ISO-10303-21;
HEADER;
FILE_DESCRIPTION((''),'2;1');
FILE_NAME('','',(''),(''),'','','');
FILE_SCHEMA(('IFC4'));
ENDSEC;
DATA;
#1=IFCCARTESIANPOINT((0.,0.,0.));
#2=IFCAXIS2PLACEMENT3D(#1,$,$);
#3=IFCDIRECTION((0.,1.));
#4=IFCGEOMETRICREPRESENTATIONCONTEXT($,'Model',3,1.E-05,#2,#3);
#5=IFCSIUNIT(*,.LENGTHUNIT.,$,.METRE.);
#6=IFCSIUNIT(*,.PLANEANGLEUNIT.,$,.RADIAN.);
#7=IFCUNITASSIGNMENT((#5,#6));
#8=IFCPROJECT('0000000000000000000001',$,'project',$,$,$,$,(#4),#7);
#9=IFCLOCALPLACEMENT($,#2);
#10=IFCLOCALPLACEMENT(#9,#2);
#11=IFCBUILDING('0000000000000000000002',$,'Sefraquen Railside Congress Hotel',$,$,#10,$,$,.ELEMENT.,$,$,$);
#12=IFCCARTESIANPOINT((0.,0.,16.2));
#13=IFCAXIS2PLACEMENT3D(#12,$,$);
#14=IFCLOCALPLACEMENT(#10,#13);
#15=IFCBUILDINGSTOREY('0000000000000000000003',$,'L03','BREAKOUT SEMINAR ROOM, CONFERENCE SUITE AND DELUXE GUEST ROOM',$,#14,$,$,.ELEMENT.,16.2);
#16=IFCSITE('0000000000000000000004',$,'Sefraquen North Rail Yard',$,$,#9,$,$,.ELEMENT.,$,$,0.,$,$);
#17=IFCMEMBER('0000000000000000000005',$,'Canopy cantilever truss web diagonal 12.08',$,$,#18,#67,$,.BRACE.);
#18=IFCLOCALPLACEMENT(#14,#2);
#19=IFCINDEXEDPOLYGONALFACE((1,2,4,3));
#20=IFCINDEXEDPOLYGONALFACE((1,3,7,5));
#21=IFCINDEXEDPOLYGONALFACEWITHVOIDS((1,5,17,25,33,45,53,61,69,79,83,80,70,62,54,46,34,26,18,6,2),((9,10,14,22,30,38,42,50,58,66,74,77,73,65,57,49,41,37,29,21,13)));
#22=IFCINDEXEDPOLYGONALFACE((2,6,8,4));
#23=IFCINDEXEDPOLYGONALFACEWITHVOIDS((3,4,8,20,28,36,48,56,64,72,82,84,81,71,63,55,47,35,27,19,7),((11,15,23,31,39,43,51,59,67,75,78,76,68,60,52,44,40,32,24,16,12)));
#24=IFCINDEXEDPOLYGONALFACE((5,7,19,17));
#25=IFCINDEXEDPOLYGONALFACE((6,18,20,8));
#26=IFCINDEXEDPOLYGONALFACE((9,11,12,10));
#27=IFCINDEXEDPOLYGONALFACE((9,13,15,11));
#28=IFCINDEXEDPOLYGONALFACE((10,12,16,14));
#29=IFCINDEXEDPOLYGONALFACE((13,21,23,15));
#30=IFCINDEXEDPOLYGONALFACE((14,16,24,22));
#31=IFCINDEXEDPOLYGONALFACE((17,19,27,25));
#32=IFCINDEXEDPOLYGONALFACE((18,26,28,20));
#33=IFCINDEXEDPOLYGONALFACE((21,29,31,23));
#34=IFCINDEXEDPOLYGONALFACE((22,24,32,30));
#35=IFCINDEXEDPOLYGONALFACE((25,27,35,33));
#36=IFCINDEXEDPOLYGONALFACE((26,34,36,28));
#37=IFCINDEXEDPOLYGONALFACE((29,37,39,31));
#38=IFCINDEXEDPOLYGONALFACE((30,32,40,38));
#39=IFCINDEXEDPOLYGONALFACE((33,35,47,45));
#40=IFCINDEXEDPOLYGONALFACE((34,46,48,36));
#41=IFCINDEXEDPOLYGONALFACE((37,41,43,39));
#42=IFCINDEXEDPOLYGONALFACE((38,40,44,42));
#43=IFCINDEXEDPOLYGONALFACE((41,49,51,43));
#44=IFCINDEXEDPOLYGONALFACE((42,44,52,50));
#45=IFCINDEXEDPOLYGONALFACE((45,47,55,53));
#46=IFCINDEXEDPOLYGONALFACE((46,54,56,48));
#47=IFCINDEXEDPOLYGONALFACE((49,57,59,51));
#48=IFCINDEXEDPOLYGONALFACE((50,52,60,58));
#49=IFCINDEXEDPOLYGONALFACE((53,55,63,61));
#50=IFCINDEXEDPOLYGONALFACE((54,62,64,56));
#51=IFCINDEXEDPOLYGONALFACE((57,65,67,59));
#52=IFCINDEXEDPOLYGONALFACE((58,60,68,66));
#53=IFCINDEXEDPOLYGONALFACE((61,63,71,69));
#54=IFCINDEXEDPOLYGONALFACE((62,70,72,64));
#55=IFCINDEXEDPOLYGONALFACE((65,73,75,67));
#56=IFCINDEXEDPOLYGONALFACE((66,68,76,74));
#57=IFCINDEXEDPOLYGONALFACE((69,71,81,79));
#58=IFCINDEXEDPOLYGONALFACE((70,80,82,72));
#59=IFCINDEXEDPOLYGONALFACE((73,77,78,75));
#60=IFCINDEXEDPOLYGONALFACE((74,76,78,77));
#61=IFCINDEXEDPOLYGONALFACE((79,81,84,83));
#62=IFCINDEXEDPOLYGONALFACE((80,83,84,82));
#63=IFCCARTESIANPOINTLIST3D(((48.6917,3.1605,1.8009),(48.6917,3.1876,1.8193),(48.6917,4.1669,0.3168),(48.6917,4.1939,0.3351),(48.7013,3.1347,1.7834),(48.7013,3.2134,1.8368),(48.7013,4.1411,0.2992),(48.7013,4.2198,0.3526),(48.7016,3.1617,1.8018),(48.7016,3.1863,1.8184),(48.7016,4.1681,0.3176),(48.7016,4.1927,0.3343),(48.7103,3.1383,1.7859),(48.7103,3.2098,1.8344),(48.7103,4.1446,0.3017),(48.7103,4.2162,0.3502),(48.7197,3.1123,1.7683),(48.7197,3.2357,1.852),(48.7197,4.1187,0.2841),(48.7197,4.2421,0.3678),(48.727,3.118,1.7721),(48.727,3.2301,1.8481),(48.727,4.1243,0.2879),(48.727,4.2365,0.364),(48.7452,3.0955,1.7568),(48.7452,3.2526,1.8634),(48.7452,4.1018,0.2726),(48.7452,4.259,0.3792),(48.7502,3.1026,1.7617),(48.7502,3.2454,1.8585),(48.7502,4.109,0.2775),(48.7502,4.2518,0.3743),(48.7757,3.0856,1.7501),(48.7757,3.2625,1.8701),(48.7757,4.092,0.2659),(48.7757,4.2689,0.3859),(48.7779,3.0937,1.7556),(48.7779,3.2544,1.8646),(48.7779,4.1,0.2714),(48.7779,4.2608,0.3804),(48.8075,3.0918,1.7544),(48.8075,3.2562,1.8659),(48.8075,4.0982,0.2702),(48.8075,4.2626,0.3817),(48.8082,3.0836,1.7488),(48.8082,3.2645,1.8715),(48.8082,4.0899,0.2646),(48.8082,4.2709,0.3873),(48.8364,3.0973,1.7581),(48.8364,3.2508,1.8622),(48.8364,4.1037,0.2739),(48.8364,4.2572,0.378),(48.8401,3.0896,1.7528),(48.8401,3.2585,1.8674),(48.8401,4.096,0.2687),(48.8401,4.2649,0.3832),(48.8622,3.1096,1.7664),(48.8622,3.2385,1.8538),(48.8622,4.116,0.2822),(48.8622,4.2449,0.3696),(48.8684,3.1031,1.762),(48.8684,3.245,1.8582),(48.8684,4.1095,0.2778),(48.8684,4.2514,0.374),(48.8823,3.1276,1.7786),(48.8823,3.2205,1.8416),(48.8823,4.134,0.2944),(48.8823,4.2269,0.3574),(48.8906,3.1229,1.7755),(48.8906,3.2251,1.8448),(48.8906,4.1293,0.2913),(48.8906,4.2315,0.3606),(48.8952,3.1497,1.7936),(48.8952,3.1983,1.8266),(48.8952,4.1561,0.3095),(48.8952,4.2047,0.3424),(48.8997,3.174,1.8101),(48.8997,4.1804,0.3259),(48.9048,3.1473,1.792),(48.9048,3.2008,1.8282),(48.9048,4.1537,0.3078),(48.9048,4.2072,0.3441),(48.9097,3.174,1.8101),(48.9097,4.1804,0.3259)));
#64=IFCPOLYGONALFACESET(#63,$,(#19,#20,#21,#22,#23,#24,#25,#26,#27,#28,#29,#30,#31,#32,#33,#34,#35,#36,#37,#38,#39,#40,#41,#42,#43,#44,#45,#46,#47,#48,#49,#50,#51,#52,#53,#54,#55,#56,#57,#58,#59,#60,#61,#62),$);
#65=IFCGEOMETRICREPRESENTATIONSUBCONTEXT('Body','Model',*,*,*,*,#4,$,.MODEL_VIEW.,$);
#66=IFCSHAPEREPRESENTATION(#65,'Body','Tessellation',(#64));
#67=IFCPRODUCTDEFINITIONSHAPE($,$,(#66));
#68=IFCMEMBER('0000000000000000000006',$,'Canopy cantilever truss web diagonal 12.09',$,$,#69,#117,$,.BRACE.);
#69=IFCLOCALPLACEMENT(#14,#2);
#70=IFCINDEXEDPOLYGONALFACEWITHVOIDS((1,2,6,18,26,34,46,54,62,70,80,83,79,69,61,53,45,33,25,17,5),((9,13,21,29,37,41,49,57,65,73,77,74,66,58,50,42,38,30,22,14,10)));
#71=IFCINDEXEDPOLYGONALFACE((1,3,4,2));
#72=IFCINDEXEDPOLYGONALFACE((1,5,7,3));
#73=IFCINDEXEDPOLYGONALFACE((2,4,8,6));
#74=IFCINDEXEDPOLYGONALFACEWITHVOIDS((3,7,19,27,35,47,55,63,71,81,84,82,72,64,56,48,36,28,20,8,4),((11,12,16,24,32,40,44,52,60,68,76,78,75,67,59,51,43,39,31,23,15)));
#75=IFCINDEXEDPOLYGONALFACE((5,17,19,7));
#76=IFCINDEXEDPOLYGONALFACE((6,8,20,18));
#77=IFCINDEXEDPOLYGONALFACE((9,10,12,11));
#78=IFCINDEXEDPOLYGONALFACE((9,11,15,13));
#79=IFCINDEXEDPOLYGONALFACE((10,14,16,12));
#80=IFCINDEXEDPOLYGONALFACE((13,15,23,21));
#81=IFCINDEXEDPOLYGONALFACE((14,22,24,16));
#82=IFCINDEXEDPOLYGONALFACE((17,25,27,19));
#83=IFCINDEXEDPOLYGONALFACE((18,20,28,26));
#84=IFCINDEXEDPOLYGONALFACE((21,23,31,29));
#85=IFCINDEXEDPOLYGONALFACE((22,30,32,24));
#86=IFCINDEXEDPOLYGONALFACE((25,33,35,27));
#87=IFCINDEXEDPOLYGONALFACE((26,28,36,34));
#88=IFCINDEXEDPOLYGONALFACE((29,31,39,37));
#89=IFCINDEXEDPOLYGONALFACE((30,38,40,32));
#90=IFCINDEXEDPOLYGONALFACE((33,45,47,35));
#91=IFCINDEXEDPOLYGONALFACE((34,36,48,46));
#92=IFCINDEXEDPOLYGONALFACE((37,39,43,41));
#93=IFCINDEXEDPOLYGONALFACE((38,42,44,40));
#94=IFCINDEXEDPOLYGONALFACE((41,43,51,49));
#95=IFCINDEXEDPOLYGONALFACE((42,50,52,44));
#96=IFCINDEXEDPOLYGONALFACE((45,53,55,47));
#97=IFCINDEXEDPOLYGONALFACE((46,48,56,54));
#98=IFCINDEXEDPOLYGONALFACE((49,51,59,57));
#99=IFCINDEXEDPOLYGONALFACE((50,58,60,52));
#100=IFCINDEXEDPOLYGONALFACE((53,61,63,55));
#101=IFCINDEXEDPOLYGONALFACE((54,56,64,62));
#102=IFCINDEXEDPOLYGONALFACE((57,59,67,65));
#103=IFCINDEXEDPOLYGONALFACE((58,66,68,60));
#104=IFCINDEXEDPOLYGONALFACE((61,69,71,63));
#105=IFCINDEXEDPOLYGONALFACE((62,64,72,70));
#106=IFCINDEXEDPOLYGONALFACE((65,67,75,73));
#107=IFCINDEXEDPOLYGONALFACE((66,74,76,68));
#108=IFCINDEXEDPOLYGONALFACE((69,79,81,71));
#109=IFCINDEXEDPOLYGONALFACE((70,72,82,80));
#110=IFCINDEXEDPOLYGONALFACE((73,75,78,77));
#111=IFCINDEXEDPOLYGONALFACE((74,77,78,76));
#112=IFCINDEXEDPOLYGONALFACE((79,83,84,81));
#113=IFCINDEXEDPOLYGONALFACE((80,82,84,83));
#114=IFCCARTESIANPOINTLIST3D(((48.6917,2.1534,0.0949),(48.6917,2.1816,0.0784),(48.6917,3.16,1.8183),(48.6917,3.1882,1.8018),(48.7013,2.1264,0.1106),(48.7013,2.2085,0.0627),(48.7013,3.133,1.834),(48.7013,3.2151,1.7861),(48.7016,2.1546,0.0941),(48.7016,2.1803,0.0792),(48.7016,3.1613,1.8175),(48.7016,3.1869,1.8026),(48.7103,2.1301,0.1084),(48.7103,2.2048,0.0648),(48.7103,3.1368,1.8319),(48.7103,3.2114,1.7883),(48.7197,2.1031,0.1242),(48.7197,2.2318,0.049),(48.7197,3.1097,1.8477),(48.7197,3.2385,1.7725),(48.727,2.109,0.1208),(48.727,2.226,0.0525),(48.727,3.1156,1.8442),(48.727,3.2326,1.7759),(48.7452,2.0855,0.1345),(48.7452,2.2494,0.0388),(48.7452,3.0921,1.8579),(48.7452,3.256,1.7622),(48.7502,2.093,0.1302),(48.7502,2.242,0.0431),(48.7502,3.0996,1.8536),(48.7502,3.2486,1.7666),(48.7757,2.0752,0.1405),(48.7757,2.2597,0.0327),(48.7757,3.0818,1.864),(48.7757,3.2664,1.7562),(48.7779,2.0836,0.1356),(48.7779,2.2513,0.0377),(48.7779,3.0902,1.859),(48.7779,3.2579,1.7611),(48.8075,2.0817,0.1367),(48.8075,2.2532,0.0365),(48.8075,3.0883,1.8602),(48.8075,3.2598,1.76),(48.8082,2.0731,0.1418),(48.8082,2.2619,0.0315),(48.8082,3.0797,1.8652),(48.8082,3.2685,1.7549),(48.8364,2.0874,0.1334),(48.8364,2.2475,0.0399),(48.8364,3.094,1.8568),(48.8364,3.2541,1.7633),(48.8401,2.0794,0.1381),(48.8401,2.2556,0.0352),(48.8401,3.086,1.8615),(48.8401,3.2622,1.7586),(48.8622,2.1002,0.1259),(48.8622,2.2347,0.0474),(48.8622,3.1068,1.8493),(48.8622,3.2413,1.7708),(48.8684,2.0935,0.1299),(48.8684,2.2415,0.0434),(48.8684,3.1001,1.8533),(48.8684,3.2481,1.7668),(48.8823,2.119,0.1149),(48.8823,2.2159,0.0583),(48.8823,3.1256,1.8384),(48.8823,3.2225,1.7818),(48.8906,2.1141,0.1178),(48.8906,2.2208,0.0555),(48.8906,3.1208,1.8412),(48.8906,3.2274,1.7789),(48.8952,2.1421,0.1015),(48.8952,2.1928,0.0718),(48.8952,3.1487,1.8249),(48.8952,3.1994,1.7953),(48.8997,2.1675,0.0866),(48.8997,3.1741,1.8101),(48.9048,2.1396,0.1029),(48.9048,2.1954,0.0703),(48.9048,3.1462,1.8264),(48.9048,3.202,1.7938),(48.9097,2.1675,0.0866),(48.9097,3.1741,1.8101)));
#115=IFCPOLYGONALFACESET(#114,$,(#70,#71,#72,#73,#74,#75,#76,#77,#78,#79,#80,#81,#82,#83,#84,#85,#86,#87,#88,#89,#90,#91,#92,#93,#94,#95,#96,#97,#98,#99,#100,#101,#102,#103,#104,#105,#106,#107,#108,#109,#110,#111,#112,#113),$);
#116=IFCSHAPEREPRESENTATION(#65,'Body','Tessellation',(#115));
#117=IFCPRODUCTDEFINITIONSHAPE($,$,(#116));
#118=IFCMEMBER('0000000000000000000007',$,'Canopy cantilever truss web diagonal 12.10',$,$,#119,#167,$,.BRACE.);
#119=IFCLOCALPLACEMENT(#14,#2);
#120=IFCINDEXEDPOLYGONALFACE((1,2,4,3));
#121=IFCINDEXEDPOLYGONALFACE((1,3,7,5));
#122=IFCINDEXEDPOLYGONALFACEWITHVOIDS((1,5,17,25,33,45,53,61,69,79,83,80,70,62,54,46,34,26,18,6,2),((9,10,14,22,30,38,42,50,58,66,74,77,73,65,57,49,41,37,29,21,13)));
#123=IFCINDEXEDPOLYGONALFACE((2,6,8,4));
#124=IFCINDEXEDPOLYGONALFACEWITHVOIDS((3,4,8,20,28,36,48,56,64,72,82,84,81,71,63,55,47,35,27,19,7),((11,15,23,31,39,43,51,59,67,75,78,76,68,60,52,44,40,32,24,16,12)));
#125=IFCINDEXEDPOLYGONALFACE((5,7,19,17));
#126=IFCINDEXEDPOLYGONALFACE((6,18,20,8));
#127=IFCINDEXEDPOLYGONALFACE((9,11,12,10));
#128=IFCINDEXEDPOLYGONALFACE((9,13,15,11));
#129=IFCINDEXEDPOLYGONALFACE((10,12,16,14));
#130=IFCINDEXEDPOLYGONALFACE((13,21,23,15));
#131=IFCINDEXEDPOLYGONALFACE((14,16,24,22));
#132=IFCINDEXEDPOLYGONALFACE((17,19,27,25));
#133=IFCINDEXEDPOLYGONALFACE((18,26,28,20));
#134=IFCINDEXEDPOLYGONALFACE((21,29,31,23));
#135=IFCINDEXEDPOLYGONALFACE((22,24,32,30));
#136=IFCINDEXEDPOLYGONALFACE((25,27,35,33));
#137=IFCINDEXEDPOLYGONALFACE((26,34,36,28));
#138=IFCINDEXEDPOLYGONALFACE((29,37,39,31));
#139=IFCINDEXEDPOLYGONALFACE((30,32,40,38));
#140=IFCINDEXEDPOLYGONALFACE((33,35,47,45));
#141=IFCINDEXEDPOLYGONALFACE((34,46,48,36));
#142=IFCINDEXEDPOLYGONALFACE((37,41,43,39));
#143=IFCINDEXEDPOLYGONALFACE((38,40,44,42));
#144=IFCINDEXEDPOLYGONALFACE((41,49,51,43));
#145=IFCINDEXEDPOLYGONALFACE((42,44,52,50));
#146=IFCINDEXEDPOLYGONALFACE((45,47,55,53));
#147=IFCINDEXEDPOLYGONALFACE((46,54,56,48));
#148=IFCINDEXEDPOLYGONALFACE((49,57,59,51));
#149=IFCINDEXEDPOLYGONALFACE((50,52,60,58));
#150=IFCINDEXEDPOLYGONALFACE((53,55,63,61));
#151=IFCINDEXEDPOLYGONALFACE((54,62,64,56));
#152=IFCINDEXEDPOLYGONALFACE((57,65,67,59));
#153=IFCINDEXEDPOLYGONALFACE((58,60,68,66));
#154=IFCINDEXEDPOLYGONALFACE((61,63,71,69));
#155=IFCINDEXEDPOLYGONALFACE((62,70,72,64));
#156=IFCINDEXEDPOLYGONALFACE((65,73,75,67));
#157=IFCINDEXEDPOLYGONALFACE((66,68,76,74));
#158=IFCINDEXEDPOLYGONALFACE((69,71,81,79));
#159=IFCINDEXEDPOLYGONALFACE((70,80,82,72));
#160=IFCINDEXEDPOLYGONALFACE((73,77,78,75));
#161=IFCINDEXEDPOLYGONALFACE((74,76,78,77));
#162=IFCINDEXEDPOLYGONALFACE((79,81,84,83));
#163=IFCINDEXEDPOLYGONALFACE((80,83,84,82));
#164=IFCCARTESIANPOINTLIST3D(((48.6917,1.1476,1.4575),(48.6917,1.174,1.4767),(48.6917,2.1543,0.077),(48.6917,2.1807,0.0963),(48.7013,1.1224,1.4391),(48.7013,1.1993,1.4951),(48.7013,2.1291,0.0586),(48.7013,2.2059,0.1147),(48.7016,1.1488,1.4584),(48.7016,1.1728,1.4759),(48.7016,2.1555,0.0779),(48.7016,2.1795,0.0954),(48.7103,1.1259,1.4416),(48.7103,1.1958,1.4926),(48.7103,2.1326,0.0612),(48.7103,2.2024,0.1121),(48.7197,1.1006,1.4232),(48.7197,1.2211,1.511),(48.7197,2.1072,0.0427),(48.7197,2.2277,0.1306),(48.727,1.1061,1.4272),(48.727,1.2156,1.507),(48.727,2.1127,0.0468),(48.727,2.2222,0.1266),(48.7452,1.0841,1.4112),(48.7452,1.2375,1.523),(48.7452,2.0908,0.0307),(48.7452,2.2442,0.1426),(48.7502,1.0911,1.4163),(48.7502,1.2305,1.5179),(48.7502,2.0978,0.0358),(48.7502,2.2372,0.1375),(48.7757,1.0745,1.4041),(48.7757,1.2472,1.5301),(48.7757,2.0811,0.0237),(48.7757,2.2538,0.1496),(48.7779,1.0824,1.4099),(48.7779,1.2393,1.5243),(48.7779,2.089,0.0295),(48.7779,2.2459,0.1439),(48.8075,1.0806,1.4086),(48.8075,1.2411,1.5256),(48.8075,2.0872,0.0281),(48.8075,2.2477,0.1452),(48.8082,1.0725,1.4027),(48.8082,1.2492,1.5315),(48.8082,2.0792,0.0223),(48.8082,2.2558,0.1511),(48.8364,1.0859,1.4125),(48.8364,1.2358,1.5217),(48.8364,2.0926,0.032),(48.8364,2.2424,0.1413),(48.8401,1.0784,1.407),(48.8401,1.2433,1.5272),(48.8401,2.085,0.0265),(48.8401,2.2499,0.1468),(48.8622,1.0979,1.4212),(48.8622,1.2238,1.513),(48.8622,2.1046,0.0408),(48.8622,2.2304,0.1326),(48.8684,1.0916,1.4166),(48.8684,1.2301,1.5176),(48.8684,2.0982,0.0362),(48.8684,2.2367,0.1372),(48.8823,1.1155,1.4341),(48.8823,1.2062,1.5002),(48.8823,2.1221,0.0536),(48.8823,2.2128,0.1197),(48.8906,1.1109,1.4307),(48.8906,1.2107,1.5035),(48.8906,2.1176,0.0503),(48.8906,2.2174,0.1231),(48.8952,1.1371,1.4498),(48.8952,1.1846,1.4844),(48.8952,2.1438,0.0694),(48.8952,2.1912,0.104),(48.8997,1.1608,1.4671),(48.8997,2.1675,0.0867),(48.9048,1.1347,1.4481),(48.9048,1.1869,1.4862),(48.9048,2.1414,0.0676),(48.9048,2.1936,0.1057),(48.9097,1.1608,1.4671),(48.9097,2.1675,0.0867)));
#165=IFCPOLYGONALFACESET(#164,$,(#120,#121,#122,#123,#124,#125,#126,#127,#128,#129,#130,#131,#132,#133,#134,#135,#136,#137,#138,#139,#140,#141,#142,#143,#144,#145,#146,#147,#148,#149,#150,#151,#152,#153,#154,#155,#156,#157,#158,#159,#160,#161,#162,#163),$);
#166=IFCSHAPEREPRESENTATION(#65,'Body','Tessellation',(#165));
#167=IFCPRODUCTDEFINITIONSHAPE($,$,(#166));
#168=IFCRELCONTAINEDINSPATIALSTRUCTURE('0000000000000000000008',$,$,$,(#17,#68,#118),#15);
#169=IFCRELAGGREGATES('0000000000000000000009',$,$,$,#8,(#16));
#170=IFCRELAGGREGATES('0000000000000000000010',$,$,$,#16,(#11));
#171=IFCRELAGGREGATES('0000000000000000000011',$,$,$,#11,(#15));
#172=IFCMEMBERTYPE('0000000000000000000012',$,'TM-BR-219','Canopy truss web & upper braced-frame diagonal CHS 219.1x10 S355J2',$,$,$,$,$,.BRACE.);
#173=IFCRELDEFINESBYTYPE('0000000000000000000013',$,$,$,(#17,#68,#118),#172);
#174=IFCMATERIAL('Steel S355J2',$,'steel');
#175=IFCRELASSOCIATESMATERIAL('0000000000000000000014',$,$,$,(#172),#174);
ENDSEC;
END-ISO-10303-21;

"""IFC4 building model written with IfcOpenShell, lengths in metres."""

from ifc_helpers import new_model, si_unit, direction, frame, origin, origin_2d, place, context, subcontext, project, spatial, hollow_circle, extrude, material, material_profile, profile_set, type_object, element, save


model = new_model("IFC4")

# Units and contexts
model_context = context("Model", 3, precision=1e-05, world=origin(), true_north=direction((0.0, 1.0)))
body_context = subcontext(model_context, "Body", "Model", "MODEL_VIEW")
ifc_project = project(units=[si_unit("LENGTHUNIT", "METRE"), si_unit("PLANEANGLEUNIT", "RADIAN")], contexts=[model_context])

# Site, building, storey
site_placement = place(None, origin())
site = spatial("IfcSite", under=ifc_project, at=site_placement, Name="Sefraquen North Rail Yard", CompositionType="ELEMENT", RefElevation=0.0)
building_placement = place(site_placement, origin())
building = spatial("IfcBuilding", under=site, at=building_placement, Name="Sefraquen Railside Congress Hotel", CompositionType="ELEMENT")
storey_placement = place(building_placement, frame((0.0, 0.0, 16.2)))
storey = spatial("IfcBuildingStorey", under=building, at=storey_placement, Name="L03", Description="BREAKOUT SEMINAR ROOM, CONFERENCE SUITE AND DELUXE GUEST ROOM", CompositionType="ELEMENT", Elevation=16.2)

# Members
ifc_material_1 = material(Name="Steel S355J2", Category="steel")
ifc_material_profile_1 = material_profile(ifc_material_1, hollow_circle(Radius=0.1096, WallThickness=0.01, at=origin_2d()), Name="CHS 219.1x10")
ifc_profile_set_1 = profile_set([ifc_material_profile_1], Name="Steel S355J2")
member_type_1 = type_object("IfcMemberType", Name="TM-BR-219", Description="Canopy truss web & upper braced-frame diagonal CHS 219.1x10 S355J2", PredefinedType="BRACE", material=ifc_profile_set_1)
member_1_placement = place(storey_placement, frame((48.8, 4.1804, 0.3259), z_axis=(0.0, -0.561218, 0.827668), x_axis=(1.0, 0.0, 0.0)))
element("IfcMember", 1, at=member_1_placement, inside=storey, type_object=member_type_1, Name="Canopy cantilever truss web diagonal 12.08", PredefinedType="BRACE", context=body_context, shape_type="SweptSolid", body=[
    extrude(hollow_circle(Radius=0.1096, WallThickness=0.01, at=origin_2d()), origin(), (0.0, 0.0, 1.0), 1.7932),
])
member_2_placement = place(storey_placement, frame((48.8, 3.1741, 1.8101), z_axis=(0.0, -0.50435, -0.863499), x_axis=(1.0, 0.0, 0.0)))
element("IfcMember", 2, at=member_2_placement, inside=storey, type_object=member_type_1, Name="Canopy cantilever truss web diagonal 12.09", PredefinedType="BRACE", context=body_context, shape_type="SweptSolid", body=[
    extrude(hollow_circle(Radius=0.1096, WallThickness=0.01, at=origin_2d()), origin(), (0.0, 0.0, 1.0), 1.9958),
])
member_3_placement = place(storey_placement, frame((48.8, 2.1675, 0.0867), z_axis=(0.0, -0.589199, 0.807988), x_axis=(1.0, 0.0, 0.0)))
element("IfcMember", 3, at=member_3_placement, inside=storey, type_object=member_type_1, Name="Canopy cantilever truss web diagonal 12.10", PredefinedType="BRACE", context=body_context, shape_type="SweptSolid", body=[
    extrude(hollow_circle(Radius=0.1096, WallThickness=0.01, at=origin_2d()), origin(), (0.0, 0.0, 1.0), 1.7085),
])

save(model, "model.ifc")
